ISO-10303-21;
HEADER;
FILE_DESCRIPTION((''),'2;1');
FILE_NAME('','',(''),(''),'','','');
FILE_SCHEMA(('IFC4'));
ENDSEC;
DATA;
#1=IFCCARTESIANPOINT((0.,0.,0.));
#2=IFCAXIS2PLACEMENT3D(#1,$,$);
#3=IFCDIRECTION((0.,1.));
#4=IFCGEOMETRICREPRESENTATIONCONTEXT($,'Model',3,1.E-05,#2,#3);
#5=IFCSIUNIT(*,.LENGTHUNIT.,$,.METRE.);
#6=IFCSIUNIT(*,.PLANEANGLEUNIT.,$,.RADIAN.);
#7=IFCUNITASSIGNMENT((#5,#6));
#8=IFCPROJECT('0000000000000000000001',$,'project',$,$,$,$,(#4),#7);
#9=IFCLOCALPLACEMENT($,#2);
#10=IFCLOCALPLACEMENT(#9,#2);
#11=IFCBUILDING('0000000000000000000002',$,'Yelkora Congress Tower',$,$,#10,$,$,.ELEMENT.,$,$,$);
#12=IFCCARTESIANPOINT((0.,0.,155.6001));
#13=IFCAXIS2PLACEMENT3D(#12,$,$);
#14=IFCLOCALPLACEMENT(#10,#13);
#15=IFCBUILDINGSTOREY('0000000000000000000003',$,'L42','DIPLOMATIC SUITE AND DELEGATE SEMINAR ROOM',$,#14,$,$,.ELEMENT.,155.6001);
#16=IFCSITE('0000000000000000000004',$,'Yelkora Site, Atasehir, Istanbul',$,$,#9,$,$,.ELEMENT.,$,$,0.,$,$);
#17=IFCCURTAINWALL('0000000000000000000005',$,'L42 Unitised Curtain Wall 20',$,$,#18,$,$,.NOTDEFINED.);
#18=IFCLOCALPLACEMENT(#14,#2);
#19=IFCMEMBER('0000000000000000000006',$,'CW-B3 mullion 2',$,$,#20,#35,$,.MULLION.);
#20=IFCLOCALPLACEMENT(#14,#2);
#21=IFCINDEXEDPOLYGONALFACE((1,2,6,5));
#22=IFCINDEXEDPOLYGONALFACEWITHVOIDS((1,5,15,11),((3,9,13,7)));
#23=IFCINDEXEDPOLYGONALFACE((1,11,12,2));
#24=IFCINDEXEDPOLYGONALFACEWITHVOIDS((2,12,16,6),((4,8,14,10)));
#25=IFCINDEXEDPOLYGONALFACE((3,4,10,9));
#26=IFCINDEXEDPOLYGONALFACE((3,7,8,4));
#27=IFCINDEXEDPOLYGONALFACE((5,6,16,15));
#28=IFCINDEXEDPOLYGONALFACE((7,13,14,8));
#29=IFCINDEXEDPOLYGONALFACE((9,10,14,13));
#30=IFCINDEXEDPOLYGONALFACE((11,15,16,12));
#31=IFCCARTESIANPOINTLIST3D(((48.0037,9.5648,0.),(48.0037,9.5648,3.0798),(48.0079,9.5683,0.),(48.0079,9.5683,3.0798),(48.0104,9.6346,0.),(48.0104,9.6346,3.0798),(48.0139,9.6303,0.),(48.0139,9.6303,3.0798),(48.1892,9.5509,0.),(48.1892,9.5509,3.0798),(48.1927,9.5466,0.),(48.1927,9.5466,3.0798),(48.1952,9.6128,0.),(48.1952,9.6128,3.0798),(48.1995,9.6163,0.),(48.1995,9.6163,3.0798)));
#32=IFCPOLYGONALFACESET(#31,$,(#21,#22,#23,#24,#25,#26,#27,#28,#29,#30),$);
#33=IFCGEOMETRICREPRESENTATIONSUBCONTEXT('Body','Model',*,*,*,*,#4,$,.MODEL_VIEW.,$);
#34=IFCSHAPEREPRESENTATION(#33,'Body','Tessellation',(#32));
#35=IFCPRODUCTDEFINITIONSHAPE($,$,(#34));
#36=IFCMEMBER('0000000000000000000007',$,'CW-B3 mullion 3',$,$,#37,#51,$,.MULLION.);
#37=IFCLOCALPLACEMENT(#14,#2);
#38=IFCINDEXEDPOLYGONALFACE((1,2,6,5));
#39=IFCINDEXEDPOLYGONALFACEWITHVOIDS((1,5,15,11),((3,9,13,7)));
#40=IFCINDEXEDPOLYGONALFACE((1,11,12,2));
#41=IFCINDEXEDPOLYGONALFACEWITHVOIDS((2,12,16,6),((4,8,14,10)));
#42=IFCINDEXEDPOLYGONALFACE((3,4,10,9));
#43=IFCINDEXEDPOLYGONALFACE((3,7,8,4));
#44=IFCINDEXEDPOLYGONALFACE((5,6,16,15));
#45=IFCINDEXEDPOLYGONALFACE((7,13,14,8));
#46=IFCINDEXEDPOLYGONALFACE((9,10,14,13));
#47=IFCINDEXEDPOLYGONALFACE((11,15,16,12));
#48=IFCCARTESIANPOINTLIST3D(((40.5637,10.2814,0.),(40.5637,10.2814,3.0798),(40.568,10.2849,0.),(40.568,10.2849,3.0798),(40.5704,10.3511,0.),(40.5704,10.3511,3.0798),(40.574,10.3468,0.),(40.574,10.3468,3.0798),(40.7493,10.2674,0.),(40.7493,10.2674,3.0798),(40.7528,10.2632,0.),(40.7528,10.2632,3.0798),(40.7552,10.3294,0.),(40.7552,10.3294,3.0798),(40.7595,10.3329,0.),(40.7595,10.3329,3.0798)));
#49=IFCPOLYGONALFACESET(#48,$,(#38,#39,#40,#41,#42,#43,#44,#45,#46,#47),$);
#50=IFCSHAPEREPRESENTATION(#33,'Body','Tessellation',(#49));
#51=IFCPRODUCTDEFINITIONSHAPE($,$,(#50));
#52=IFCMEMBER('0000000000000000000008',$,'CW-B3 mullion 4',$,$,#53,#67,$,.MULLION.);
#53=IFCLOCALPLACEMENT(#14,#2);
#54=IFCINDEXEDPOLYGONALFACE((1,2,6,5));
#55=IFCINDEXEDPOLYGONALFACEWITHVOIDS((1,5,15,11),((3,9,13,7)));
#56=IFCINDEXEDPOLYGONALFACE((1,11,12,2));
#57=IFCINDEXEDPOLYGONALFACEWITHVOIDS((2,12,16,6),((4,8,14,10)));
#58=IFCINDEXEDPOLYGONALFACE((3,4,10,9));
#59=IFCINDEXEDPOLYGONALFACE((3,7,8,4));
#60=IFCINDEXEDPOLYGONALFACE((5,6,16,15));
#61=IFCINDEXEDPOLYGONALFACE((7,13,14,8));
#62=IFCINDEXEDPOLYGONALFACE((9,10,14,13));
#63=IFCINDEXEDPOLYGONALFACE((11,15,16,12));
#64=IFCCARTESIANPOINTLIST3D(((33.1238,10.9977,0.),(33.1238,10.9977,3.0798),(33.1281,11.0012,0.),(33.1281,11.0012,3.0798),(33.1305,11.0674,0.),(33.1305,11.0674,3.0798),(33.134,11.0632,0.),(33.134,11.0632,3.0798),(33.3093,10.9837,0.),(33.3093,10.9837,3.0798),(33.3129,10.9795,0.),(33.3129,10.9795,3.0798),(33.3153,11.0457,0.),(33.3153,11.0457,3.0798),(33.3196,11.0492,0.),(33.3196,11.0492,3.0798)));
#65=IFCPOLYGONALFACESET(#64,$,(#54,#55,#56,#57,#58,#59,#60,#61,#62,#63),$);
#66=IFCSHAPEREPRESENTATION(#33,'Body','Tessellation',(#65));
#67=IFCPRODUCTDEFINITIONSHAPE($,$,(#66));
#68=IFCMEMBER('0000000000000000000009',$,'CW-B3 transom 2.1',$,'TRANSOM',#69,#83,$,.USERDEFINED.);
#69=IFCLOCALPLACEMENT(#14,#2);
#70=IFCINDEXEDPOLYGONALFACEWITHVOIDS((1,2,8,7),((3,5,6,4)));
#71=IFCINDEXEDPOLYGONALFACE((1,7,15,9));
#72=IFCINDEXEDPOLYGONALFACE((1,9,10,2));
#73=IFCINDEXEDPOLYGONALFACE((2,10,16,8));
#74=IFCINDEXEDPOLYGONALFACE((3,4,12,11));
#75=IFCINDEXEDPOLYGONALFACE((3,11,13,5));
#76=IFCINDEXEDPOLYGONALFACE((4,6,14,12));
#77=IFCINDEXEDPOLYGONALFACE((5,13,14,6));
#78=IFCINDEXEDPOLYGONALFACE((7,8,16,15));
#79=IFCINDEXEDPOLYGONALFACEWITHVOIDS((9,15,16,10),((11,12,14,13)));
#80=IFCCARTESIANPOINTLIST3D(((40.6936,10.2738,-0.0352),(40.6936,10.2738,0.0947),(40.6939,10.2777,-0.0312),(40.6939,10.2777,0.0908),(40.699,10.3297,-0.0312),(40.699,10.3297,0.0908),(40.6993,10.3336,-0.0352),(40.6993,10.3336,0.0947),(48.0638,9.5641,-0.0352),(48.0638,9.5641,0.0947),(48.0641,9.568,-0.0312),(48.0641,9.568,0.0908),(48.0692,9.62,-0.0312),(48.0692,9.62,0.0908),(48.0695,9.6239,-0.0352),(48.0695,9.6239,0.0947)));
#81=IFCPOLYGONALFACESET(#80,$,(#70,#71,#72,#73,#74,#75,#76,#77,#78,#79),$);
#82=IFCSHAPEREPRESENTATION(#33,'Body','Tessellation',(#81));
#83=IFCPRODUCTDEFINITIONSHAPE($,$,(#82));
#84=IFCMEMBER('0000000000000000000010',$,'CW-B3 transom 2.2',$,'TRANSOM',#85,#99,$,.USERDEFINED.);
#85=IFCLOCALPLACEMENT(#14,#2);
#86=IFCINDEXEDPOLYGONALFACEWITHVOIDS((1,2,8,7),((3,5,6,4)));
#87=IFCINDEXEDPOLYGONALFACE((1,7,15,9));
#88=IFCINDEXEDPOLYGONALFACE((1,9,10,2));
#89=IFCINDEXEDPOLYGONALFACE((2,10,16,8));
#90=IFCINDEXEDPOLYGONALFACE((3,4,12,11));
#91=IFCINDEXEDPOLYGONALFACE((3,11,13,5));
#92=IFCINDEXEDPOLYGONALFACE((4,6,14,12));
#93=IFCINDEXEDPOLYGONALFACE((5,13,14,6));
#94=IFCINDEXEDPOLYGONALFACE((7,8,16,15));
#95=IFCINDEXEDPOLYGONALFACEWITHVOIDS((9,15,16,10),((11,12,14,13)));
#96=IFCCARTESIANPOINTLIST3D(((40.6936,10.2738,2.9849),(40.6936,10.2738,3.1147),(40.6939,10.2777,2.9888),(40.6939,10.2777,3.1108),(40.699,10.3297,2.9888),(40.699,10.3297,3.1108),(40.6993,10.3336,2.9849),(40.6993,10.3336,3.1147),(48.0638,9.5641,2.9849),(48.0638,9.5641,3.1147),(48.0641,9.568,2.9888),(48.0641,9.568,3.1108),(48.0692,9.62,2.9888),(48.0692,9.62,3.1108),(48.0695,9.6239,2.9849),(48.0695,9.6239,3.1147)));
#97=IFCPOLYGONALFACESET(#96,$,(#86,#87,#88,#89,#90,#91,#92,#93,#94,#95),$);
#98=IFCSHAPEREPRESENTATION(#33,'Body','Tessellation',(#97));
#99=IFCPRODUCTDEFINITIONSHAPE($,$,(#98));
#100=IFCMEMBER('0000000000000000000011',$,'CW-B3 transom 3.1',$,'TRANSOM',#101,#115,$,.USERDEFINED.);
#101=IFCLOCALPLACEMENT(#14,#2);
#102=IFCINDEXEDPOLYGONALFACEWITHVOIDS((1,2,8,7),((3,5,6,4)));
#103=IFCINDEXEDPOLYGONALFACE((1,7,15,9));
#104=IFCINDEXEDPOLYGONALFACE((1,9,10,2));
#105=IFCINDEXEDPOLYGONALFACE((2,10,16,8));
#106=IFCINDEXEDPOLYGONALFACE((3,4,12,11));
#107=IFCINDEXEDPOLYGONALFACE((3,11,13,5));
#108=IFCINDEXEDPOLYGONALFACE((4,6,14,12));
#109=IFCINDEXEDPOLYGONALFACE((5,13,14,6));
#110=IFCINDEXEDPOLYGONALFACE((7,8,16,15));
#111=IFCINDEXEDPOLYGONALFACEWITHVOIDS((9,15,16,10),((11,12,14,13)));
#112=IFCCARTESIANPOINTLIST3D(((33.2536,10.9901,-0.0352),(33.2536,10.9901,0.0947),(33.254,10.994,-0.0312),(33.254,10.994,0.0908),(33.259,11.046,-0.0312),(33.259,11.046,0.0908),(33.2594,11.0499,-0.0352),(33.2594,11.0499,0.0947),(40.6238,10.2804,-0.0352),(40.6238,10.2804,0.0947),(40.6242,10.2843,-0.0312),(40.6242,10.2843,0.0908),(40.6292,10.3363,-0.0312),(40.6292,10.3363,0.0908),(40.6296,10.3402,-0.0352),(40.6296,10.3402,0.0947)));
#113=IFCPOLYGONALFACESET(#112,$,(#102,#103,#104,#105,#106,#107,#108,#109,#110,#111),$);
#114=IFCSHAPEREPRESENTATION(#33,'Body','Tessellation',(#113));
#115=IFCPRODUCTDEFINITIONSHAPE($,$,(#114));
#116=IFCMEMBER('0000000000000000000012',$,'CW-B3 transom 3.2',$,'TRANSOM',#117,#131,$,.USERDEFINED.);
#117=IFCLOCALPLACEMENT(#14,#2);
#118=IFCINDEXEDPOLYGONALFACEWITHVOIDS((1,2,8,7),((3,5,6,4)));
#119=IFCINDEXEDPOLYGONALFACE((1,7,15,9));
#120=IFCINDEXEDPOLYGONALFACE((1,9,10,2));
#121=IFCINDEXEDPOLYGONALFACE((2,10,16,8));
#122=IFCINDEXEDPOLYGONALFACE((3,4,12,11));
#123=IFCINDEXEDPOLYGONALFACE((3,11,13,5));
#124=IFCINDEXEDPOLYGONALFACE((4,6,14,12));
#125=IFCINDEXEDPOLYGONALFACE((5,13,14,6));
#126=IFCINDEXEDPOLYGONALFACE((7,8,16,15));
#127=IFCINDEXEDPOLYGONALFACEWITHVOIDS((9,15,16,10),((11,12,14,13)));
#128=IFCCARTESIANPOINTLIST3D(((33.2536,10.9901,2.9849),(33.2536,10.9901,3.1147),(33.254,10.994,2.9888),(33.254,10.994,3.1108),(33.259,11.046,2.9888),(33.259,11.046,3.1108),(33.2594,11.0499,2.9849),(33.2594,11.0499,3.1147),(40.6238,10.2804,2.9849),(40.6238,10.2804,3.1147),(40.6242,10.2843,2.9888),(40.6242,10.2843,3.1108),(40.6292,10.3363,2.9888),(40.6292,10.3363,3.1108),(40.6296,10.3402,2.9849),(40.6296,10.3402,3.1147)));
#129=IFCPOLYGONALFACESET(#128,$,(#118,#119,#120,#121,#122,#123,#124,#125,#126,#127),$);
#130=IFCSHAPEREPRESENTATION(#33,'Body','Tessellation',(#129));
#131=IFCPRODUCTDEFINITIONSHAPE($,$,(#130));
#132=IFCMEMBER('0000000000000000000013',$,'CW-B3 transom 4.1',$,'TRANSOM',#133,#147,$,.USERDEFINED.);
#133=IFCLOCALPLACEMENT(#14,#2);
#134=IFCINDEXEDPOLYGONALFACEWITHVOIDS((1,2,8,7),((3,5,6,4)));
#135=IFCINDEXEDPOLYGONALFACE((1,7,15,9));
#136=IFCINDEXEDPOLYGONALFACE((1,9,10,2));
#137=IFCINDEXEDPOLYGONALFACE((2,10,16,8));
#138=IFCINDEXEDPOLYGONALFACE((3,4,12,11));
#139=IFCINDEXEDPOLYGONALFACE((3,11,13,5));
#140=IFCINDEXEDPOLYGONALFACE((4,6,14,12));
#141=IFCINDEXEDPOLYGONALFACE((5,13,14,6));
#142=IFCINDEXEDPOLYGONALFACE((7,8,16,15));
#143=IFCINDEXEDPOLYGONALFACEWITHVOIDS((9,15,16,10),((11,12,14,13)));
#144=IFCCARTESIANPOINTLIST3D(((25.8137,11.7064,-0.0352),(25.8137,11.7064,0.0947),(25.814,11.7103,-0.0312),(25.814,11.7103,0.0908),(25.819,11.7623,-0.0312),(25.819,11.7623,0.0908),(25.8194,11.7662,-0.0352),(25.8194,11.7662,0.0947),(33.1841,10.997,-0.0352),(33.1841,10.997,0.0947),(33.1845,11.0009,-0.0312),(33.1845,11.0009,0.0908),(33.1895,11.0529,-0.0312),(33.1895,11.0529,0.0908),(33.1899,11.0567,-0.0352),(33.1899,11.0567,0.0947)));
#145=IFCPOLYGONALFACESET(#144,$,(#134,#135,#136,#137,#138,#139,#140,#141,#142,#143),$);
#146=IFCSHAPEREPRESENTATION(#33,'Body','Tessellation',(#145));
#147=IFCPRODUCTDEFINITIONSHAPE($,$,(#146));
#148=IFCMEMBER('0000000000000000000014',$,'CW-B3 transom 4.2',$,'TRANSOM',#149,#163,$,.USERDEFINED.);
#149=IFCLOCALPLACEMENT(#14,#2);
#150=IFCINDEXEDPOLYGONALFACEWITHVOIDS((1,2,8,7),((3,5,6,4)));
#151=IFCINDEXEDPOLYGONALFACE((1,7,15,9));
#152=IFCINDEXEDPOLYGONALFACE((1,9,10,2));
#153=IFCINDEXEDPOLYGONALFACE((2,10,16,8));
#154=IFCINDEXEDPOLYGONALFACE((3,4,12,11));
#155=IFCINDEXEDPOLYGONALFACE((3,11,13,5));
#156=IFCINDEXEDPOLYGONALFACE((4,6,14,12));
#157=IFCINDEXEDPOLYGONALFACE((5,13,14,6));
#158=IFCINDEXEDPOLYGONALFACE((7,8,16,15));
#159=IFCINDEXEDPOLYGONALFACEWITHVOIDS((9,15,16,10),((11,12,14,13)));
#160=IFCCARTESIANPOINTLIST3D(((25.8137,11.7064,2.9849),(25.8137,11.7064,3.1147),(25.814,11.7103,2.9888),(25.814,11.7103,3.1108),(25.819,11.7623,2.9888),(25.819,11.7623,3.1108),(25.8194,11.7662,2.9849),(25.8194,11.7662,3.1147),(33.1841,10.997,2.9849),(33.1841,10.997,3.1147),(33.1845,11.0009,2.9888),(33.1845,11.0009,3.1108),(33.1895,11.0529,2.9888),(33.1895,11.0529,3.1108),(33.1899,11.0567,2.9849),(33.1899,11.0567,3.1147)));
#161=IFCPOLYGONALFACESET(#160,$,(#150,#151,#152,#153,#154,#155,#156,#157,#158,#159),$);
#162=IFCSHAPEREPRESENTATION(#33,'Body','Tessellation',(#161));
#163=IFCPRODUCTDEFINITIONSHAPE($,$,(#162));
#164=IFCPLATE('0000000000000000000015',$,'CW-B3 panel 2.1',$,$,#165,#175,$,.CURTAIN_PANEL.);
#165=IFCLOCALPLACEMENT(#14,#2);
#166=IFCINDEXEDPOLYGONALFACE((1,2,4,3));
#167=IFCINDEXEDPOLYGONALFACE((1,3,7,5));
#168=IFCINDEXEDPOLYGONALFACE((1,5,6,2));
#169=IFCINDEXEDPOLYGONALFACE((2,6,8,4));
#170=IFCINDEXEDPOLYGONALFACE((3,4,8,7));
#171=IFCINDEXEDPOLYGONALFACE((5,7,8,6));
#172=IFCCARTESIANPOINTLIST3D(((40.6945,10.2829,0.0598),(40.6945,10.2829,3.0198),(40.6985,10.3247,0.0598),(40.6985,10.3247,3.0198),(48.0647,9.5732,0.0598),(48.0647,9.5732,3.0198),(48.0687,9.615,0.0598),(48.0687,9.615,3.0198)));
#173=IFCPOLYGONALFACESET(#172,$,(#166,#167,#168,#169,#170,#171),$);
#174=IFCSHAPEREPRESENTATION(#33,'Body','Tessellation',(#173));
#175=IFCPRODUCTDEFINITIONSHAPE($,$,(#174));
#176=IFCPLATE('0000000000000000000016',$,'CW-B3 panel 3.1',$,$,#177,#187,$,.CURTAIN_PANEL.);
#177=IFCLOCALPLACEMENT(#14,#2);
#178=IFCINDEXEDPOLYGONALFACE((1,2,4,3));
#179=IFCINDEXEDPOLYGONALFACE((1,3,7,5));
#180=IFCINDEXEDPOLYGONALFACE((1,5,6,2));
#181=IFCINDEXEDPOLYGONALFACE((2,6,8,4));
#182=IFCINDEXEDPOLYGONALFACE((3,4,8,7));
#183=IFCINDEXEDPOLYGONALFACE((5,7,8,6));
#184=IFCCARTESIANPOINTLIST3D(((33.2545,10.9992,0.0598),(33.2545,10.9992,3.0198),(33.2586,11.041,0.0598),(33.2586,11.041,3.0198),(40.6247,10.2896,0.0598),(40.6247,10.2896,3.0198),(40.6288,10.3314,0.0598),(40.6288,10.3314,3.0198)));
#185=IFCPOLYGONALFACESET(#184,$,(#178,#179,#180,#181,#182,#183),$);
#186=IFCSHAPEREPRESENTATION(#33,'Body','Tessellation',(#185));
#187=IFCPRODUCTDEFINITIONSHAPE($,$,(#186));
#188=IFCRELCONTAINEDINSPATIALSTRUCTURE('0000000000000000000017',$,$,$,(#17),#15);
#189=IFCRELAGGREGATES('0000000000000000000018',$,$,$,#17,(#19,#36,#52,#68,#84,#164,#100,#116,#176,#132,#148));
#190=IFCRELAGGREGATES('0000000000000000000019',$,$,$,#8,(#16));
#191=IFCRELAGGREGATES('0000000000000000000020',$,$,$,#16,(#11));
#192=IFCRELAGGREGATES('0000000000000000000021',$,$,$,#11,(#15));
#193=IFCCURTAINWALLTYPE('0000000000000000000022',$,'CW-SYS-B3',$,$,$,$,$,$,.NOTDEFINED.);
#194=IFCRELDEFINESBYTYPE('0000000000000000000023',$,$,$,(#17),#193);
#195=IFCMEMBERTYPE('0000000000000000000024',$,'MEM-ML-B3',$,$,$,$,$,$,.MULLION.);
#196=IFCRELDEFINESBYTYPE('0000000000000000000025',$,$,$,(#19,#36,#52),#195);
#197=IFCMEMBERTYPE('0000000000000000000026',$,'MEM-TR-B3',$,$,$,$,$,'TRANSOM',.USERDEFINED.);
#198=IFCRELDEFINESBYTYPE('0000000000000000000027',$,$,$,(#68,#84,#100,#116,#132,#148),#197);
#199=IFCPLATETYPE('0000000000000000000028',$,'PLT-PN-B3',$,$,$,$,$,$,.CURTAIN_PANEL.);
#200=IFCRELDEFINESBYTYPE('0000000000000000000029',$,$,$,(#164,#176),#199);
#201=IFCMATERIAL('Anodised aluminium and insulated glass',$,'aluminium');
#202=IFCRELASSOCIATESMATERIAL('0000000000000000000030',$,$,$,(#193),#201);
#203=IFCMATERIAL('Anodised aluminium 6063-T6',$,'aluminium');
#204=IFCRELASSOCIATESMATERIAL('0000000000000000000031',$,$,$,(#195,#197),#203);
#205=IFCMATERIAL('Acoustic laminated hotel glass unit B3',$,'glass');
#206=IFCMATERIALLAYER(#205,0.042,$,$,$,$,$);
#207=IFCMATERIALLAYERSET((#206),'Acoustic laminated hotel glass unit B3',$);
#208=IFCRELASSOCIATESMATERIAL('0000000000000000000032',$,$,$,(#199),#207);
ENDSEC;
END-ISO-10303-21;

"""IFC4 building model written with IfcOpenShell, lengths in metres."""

from ifc_helpers import new_model, si_unit, direction, frame, origin, origin_2d, place, context, subcontext, project, spatial, rectangle, hollow_rectangle, extrude, material, layer, layer_set, material_profile, profile_set, type_object, element, aggregate, save


model = new_model("IFC4")

# Units and contexts
model_context = context("Model", 3, precision=1e-05, world=origin(), true_north=direction((0.0, 1.0)))
body_context = subcontext(model_context, "Body", "Model", "MODEL_VIEW")
ifc_project = project(units=[si_unit("LENGTHUNIT", "METRE"), si_unit("PLANEANGLEUNIT", "RADIAN")], contexts=[model_context])

# Site, building, storey
site_placement = place(None, origin())
site = spatial("IfcSite", under=ifc_project, at=site_placement, Name="Yelkora Site, Atasehir, Istanbul", CompositionType="ELEMENT", RefElevation=0.0)
building_placement = place(site_placement, origin())
building = spatial("IfcBuilding", under=site, at=building_placement, Name="Yelkora Congress Tower", CompositionType="ELEMENT")
storey_placement = place(building_placement, frame((0.0, 0.0, 155.6001)))
storey = spatial("IfcBuildingStorey", under=building, at=storey_placement, Name="L42", Description="DIPLOMATIC SUITE AND DELEGATE SEMINAR ROOM", CompositionType="ELEMENT", Elevation=155.6001)

# Curtain wall, members, plates
ifc_material_1 = material(Name="Anodised aluminium and insulated glass", Category="aluminium")
curtain_wall_type = type_object("IfcCurtainWallType", Name="CW-SYS-B3", PredefinedType="NOTDEFINED", material=ifc_material_1)
curtain_wall_placement = place(storey_placement, origin())
curtain_wall = element("IfcCurtainWall", 1, at=curtain_wall_placement, inside=storey, type_object=curtain_wall_type, Name="L42 Unitised Curtain Wall 20", PredefinedType="NOTDEFINED")
ifc_material_2 = material(Name="Anodised aluminium 6063-T6", Category="aluminium")
ifc_material_profile_1 = material_profile(ifc_material_2, hollow_rectangle(XDim=0.0701, YDim=0.1899, WallThickness=0.0039, at=origin_2d()), Name="ALU 70x190x4")
ifc_profile_set_1 = profile_set([ifc_material_profile_1], Name="Anodised aluminium 6063-T6")
member_type_1 = type_object("IfcMemberType", Name="MEM-ML-B3", PredefinedType="MULLION", material=ifc_profile_set_1)
member_1_placement = place(storey_placement, frame((48.1016, 9.5906, 0.0), z_axis=(0.0, 0.0, 1.0), x_axis=(-0.095845, -0.995396, 0.0)))
member_1 = element("IfcMember", 2, at=member_1_placement, type_object=member_type_1, Name="CW-B3 mullion 2", PredefinedType="MULLION", context=body_context, shape_type="SweptSolid", body=[
    extrude(hollow_rectangle(XDim=0.0701, YDim=0.1899, WallThickness=0.0039, at=origin_2d()), origin(), (0.0, 0.0, 1.0), 3.0798),
])
member_2_placement = place(storey_placement, frame((40.6616, 10.3071, 0.0), z_axis=(0.0, 0.0, 1.0), x_axis=(-0.095845, -0.995396, 0.0)))
member_2 = element("IfcMember", 3, at=member_2_placement, type_object=member_type_1, Name="CW-B3 mullion 3", PredefinedType="MULLION", context=body_context, shape_type="SweptSolid", body=[
    extrude(hollow_rectangle(XDim=0.0701, YDim=0.1899, WallThickness=0.0039, at=origin_2d()), origin(), (0.0, 0.0, 1.0), 3.0798),
])
member_3_placement = place(storey_placement, frame((33.2217, 11.0234, 0.0), z_axis=(0.0, 0.0, 1.0), x_axis=(-0.095845, -0.995396, 0.0)))
member_3 = element("IfcMember", 4, at=member_3_placement, type_object=member_type_1, Name="CW-B3 mullion 4", PredefinedType="MULLION", context=body_context, shape_type="SweptSolid", body=[
    extrude(hollow_rectangle(XDim=0.0701, YDim=0.1899, WallThickness=0.0039, at=origin_2d()), origin(), (0.0, 0.0, 1.0), 3.0798),
])
ifc_material_profile_2 = material_profile(ifc_material_2, hollow_rectangle(XDim=0.0601, YDim=0.1299, WallThickness=0.0039, at=origin_2d()), Name="ALU 60x130x4")
ifc_profile_set_2 = profile_set([ifc_material_profile_2], Name="Anodised aluminium 6063-T6")
member_type_2 = type_object("IfcMemberType", Name="MEM-TR-B3", ElementType="TRANSOM", PredefinedType="USERDEFINED", material=ifc_profile_set_2)
member_4_placement = place(storey_placement, frame((48.0667, 9.594, 0.0298), z_axis=(-0.995395, 0.095853, 0.0), x_axis=(-0.095853, -0.995395, 0.0)))
member_4 = element("IfcMember", 5, at=member_4_placement, type_object=member_type_2, Name="CW-B3 transom 2.1", ObjectType="TRANSOM", PredefinedType="USERDEFINED", context=body_context, shape_type="SweptSolid", body=[
    extrude(hollow_rectangle(XDim=0.0601, YDim=0.1299, WallThickness=0.0039, at=origin_2d()), origin(), (0.0, 0.0, 1.0), 7.4043),
])
member_5_placement = place(storey_placement, frame((48.0667, 9.594, 3.0498), z_axis=(-0.995395, 0.095853, 0.0), x_axis=(-0.095853, -0.995395, 0.0)))
member_5 = element("IfcMember", 6, at=member_5_placement, type_object=member_type_2, Name="CW-B3 transom 2.2", ObjectType="TRANSOM", PredefinedType="USERDEFINED", context=body_context, shape_type="SweptSolid", body=[
    extrude(hollow_rectangle(XDim=0.0601, YDim=0.1299, WallThickness=0.0039, at=origin_2d()), origin(), (0.0, 0.0, 1.0), 7.4043),
])
member_6_placement = place(storey_placement, frame((40.6267, 10.3103, 0.0298), z_axis=(-0.995395, 0.095853, 0.0), x_axis=(-0.095853, -0.995395, 0.0)))
member_6 = element("IfcMember", 7, at=member_6_placement, type_object=member_type_2, Name="CW-B3 transom 3.1", ObjectType="TRANSOM", PredefinedType="USERDEFINED", context=body_context, shape_type="SweptSolid", body=[
    extrude(hollow_rectangle(XDim=0.0601, YDim=0.1299, WallThickness=0.0039, at=origin_2d()), origin(), (0.0, 0.0, 1.0), 7.4043),
])
member_7_placement = place(storey_placement, frame((40.6267, 10.3103, 3.0498), z_axis=(-0.995395, 0.095853, 0.0), x_axis=(-0.095853, -0.995395, 0.0)))
member_7 = element("IfcMember", 8, at=member_7_placement, type_object=member_type_2, Name="CW-B3 transom 3.2", ObjectType="TRANSOM", PredefinedType="USERDEFINED", context=body_context, shape_type="SweptSolid", body=[
    extrude(hollow_rectangle(XDim=0.0601, YDim=0.1299, WallThickness=0.0039, at=origin_2d()), origin(), (0.0, 0.0, 1.0), 7.4043),
])
member_8_placement = place(storey_placement, frame((33.187, 11.0269, 0.0298), z_axis=(-0.995399, 0.095817, 0.0), x_axis=(-0.095817, -0.995399, 0.0)))
member_8 = element("IfcMember", 9, at=member_8_placement, type_object=member_type_2, Name="CW-B3 transom 4.1", ObjectType="TRANSOM", PredefinedType="USERDEFINED", context=body_context, shape_type="SweptSolid", body=[
    extrude(hollow_rectangle(XDim=0.0601, YDim=0.1299, WallThickness=0.0039, at=origin_2d()), origin(), (0.0, 0.0, 1.0), 7.4045),
])
member_9_placement = place(storey_placement, frame((33.187, 11.0269, 3.0498), z_axis=(-0.995399, 0.095817, 0.0), x_axis=(-0.095817, -0.995399, 0.0)))
member_9 = element("IfcMember", 10, at=member_9_placement, type_object=member_type_2, Name="CW-B3 transom 4.2", ObjectType="TRANSOM", PredefinedType="USERDEFINED", context=body_context, shape_type="SweptSolid", body=[
    extrude(hollow_rectangle(XDim=0.0601, YDim=0.1299, WallThickness=0.0039, at=origin_2d()), origin(), (0.0, 0.0, 1.0), 7.4045),
])
ifc_material_3 = material(Name="Acoustic laminated hotel glass unit B3", Category="glass")
ifc_layer_1 = layer(ifc_material_3, 0.042)
ifc_layer_set_1 = layer_set([ifc_layer_1], Name="Acoustic laminated hotel glass unit B3")
plate_type = type_object("IfcPlateType", Name="PLT-PN-B3", PredefinedType="CURTAIN_PANEL", material=ifc_layer_set_1)
plate_1_placement = place(storey_placement, frame((44.3816, 9.949, 0.0598), z_axis=(0.0, 0.0, 1.0), x_axis=(-0.995396, 0.095845, 0.0)))
plate_1 = element("IfcPlate", 11, at=plate_1_placement, type_object=plate_type, Name="CW-B3 panel 2.1", PredefinedType="CURTAIN_PANEL", context=body_context, shape_type="SweptSolid", body=[
    extrude(rectangle(XDim=7.4043, YDim=0.042, at=origin_2d()), origin(), (0.0, 0.0, 1.0), 2.96),
])
plate_2_placement = place(storey_placement, frame((36.9417, 10.6653, 0.0598), z_axis=(0.0, 0.0, 1.0), x_axis=(-0.995396, 0.095845, 0.0)))
plate_2 = element("IfcPlate", 12, at=plate_2_placement, type_object=plate_type, Name="CW-B3 panel 3.1", PredefinedType="CURTAIN_PANEL", context=body_context, shape_type="SweptSolid", body=[
    extrude(rectangle(XDim=7.4043, YDim=0.042, at=origin_2d()), origin(), (0.0, 0.0, 1.0), 2.96),
])
aggregate(curtain_wall, [member_1, member_2, member_3, member_4, member_5, plate_1, member_6, member_7, plate_2, member_8, member_9])

save(model, "model.ifc")
